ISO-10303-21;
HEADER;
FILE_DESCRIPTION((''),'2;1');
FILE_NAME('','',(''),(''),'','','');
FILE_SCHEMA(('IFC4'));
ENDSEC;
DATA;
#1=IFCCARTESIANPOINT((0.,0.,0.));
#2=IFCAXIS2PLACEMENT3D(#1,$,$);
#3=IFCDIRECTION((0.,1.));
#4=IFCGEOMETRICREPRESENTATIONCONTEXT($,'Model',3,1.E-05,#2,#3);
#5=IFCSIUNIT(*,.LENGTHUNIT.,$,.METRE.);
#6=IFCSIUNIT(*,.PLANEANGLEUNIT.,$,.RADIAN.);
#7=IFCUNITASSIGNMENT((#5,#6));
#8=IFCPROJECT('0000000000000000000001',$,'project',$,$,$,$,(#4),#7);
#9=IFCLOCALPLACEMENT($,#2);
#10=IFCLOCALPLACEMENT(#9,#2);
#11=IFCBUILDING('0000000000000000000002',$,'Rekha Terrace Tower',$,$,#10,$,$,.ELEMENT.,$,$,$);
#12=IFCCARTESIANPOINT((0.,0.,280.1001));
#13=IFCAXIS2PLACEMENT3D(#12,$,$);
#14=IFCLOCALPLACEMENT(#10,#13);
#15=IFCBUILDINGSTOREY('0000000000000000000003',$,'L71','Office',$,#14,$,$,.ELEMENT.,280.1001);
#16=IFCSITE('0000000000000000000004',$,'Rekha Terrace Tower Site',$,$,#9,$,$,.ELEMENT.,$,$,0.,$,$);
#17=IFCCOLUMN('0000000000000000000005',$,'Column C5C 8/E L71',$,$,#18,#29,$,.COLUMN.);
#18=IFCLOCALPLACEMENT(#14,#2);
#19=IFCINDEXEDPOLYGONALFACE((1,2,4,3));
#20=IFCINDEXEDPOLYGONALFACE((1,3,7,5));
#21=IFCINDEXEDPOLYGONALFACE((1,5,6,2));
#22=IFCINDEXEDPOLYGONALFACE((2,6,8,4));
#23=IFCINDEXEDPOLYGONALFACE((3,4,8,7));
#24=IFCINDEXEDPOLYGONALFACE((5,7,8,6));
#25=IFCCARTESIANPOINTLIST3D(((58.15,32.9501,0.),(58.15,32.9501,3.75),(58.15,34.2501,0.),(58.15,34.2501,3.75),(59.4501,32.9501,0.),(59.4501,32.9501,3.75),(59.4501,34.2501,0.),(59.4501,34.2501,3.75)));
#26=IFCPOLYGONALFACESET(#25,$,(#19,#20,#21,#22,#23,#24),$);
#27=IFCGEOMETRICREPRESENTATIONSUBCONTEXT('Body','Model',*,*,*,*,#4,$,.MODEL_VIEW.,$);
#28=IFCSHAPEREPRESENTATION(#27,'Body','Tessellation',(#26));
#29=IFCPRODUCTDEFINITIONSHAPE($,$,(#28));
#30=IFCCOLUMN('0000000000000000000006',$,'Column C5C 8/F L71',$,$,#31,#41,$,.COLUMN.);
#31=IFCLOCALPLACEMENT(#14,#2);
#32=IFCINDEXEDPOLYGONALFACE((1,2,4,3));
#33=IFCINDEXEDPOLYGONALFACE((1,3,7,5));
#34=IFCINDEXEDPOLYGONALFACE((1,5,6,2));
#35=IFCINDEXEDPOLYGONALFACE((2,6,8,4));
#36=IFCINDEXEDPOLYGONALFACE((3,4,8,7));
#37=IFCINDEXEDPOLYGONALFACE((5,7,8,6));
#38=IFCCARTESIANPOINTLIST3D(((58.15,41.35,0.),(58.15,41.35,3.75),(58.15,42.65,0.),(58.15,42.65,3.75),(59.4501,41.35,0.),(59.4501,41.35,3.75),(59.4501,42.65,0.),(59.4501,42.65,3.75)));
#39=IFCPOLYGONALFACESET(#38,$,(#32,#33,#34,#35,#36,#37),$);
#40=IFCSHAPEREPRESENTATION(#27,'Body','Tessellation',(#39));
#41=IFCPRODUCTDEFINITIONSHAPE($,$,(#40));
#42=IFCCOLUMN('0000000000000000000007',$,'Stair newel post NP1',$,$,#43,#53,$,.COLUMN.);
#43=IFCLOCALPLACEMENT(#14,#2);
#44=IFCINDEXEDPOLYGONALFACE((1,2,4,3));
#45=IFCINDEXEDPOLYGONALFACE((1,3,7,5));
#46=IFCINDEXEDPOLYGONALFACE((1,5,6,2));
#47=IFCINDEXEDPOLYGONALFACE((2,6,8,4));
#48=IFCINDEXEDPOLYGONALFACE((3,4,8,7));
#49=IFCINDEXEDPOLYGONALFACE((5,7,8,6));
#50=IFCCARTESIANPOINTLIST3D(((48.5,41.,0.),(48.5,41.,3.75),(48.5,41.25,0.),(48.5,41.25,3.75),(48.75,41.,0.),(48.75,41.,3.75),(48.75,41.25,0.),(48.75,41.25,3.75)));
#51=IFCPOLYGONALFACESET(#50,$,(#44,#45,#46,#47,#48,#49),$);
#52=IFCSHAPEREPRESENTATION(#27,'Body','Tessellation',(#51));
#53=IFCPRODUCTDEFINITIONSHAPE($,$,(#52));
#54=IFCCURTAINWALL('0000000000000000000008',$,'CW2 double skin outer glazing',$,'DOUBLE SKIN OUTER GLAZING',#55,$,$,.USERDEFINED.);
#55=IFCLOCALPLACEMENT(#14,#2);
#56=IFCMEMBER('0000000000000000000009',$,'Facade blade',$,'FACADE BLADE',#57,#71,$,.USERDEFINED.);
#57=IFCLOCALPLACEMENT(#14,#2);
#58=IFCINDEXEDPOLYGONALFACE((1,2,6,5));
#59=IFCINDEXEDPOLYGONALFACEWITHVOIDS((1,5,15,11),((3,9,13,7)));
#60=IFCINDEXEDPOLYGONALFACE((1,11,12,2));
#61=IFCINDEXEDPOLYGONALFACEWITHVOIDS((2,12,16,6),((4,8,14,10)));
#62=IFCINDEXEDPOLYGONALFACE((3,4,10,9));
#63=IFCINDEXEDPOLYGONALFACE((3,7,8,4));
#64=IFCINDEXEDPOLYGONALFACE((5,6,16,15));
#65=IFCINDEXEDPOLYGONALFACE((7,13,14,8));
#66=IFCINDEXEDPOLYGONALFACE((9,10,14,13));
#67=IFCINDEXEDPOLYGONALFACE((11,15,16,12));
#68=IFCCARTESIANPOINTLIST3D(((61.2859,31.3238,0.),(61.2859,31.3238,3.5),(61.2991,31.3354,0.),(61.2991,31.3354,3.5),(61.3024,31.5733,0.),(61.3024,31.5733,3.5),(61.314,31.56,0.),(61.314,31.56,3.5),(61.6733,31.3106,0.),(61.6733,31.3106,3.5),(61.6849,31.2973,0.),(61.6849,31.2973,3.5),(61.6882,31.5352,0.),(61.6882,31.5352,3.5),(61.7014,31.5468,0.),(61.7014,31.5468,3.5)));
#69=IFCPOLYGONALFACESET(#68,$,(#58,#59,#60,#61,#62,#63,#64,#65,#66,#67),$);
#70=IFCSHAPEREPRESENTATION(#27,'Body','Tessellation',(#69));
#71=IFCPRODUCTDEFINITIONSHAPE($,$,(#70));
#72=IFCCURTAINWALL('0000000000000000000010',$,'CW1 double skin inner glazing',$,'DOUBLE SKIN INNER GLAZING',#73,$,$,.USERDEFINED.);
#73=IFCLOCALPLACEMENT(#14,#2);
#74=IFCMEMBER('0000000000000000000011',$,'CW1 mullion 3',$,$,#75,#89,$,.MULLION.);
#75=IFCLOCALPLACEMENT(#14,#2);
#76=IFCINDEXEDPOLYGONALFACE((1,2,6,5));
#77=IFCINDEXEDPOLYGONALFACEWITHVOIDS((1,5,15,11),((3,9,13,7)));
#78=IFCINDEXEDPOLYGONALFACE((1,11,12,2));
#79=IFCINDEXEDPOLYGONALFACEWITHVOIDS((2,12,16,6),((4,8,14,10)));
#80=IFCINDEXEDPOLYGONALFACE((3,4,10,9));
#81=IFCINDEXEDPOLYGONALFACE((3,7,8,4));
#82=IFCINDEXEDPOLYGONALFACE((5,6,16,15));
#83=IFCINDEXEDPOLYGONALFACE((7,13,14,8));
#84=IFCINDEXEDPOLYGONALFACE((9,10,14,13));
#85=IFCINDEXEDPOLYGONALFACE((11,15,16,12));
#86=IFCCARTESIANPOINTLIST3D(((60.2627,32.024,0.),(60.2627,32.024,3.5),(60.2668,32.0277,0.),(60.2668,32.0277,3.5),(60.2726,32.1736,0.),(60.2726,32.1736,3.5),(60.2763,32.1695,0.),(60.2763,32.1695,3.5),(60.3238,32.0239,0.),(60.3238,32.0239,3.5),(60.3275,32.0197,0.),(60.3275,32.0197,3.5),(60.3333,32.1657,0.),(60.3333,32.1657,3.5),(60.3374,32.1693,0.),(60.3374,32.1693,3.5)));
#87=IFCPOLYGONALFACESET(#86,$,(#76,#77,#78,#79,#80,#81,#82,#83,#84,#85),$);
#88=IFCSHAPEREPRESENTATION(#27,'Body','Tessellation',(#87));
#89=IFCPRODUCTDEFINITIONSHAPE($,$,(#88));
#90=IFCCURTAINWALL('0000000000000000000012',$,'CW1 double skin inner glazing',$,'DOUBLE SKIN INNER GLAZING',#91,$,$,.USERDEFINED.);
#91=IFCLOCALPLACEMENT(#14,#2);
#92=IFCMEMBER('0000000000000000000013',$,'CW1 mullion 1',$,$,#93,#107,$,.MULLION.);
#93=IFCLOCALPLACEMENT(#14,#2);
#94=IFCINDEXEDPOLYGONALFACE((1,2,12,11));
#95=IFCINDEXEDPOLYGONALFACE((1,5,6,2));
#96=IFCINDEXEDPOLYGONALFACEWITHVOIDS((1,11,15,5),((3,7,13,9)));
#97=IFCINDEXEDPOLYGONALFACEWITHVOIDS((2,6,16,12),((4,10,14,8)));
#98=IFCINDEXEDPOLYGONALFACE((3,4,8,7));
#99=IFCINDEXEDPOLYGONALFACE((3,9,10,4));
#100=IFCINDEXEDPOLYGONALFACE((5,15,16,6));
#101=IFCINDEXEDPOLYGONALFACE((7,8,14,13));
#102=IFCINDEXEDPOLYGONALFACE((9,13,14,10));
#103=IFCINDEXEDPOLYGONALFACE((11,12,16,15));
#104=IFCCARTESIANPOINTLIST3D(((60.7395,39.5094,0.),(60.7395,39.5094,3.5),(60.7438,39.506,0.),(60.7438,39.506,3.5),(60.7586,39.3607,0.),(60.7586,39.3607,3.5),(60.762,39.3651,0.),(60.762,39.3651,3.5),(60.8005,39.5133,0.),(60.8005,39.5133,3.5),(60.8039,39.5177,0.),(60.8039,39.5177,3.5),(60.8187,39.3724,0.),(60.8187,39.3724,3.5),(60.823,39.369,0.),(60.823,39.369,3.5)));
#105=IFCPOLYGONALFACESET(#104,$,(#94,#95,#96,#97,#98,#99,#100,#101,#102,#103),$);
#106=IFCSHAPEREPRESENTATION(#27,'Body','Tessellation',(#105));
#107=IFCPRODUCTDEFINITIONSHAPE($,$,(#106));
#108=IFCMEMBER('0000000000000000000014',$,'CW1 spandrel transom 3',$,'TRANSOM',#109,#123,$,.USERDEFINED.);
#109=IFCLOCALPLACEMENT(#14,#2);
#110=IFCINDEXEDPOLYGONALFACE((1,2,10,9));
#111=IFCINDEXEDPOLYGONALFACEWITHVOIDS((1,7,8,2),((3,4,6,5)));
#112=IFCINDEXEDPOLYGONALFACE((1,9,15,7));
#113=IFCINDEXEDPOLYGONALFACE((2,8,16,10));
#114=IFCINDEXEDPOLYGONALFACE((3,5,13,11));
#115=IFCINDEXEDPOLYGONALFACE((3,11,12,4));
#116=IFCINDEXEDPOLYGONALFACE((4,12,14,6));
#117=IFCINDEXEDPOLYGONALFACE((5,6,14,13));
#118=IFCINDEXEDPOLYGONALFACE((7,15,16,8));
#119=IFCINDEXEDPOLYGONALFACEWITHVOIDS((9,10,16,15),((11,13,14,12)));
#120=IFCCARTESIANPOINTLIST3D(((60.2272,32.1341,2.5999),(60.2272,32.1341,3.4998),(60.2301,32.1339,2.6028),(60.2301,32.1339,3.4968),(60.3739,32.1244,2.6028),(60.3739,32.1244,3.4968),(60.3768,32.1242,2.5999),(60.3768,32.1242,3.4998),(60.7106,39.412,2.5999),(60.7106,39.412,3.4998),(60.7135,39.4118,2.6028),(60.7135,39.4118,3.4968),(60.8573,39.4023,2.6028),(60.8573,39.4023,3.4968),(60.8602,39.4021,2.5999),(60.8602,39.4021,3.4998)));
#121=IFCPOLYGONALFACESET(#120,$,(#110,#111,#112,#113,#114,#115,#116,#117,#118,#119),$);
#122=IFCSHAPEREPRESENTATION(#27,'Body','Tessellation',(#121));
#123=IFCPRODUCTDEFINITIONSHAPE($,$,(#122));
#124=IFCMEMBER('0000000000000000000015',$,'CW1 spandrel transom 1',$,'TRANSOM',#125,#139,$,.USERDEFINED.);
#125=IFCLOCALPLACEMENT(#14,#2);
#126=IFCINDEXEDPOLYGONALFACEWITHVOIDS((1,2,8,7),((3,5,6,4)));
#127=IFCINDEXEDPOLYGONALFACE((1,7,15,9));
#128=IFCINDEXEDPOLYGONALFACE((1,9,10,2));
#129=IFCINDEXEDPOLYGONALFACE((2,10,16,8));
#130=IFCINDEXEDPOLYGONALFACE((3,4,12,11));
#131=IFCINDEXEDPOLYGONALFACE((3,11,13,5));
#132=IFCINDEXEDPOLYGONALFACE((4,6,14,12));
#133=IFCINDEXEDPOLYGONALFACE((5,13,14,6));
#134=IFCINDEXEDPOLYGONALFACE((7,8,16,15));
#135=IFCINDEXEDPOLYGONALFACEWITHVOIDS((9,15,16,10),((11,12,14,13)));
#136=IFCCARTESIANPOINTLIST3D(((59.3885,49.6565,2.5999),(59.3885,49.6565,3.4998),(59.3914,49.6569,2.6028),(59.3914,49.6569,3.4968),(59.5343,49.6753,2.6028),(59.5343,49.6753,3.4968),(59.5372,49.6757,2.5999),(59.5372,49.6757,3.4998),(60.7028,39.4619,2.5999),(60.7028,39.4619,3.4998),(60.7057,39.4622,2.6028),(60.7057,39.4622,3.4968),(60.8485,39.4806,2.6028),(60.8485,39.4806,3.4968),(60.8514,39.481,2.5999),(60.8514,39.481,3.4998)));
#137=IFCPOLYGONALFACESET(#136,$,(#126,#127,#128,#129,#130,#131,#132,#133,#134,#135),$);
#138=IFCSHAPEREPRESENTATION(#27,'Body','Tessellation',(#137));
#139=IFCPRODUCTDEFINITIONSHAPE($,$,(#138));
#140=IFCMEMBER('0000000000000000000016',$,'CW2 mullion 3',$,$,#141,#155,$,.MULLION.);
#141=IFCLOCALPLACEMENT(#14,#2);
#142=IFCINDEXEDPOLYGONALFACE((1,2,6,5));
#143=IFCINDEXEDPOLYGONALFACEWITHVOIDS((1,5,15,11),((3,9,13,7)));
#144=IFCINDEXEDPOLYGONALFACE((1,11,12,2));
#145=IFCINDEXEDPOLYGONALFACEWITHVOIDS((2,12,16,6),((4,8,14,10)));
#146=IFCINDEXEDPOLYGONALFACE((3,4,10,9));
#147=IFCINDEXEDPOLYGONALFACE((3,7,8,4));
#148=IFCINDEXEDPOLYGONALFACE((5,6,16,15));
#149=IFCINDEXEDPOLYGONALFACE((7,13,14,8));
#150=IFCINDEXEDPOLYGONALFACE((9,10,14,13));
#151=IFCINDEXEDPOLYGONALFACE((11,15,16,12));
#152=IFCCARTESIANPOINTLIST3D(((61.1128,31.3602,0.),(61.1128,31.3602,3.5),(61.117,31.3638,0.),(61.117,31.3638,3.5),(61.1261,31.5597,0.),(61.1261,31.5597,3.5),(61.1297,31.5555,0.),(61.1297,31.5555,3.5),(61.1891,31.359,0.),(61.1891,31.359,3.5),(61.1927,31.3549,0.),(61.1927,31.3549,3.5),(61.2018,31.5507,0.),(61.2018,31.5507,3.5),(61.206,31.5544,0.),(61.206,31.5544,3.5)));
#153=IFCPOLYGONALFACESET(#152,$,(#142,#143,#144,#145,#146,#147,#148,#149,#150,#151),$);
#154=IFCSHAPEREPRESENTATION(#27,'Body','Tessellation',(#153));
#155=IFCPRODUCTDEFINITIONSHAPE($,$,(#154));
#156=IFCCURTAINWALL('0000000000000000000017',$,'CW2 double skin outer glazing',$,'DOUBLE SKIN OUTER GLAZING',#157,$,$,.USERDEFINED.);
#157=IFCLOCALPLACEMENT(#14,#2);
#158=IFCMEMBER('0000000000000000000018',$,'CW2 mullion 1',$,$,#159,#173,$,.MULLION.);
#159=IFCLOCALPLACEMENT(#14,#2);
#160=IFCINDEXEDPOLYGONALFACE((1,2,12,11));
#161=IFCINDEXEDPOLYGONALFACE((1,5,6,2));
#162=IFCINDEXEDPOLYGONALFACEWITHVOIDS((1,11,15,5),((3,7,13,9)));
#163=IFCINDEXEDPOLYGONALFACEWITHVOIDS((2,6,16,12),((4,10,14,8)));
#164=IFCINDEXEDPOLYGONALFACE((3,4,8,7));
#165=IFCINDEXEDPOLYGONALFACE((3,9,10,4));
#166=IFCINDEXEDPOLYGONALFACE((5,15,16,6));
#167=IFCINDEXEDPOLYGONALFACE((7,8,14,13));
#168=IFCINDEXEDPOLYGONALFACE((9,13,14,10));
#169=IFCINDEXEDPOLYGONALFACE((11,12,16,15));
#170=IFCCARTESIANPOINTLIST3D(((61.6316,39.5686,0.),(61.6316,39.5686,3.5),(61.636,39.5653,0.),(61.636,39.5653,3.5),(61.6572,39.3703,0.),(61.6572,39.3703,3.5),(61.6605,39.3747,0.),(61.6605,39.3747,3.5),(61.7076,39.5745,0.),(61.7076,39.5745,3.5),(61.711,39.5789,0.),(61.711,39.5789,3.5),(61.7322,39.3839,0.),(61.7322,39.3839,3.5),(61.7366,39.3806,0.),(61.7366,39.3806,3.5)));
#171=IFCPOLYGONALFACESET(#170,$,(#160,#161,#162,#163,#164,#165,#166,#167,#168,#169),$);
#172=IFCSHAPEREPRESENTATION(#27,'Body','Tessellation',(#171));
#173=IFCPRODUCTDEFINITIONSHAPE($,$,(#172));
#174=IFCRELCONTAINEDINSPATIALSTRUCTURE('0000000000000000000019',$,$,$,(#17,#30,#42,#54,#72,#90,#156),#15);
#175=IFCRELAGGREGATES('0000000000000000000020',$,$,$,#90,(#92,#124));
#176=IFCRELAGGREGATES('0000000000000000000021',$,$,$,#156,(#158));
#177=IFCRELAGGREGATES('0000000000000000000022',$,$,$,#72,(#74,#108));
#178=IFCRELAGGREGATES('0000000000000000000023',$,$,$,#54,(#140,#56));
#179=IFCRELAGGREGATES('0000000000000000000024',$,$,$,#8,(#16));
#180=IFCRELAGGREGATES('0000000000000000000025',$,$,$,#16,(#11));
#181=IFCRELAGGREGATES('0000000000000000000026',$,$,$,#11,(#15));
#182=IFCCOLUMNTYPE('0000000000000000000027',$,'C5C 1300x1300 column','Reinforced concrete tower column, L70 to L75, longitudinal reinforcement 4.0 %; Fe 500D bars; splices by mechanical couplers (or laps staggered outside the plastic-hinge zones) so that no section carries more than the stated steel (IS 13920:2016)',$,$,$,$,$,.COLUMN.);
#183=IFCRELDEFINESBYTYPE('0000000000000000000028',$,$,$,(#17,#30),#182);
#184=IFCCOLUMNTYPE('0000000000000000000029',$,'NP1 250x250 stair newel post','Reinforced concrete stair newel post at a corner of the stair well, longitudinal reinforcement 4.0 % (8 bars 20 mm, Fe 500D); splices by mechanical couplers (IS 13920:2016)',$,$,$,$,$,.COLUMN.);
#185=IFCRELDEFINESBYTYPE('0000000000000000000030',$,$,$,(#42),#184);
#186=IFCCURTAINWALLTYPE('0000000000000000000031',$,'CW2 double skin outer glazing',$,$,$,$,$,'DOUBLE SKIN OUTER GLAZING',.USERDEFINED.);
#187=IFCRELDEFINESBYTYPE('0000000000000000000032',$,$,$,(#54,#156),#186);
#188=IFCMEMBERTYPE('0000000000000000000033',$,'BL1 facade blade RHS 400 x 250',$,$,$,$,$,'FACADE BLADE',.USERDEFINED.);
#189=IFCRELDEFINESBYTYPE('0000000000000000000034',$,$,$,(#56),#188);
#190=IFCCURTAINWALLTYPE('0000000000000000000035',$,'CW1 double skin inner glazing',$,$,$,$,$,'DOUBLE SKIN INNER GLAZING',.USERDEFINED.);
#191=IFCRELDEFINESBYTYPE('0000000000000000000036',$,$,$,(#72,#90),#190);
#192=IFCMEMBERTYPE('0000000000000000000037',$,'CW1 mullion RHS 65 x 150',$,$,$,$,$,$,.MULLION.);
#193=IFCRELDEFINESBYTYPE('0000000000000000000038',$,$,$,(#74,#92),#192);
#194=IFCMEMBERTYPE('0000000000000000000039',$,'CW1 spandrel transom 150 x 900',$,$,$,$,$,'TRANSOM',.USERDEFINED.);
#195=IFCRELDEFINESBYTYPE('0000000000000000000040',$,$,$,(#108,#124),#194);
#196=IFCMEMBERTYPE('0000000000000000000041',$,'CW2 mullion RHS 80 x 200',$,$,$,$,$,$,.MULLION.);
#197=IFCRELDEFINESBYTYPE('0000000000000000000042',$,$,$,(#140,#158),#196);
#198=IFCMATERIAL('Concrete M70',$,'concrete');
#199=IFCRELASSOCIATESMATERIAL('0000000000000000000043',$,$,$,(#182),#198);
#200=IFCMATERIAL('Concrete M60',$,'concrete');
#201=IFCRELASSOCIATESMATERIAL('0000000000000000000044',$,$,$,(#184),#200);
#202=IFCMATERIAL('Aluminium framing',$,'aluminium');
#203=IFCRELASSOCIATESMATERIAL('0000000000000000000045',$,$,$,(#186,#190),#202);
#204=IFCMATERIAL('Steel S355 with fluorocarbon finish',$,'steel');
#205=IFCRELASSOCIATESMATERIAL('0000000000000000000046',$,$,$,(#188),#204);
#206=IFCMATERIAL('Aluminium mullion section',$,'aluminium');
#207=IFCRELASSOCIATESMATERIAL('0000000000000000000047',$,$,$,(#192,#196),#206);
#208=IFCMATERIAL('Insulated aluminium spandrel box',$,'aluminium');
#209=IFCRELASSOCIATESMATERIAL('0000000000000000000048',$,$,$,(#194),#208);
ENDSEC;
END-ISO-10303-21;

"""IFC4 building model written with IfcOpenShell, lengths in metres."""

from ifc_helpers import new_model, si_unit, direction, frame, origin, origin_2d, place, context, subcontext, project, spatial, rectangle, hollow_rectangle, extrude, material, material_profile, profile_set, type_object, element, aggregate, save


model = new_model("IFC4")

# Units and contexts
model_context = context("Model", 3, precision=1e-05, world=origin(), true_north=direction((0.0, 1.0)))
body_context = subcontext(model_context, "Body", "Model", "MODEL_VIEW")
ifc_project = project(units=[si_unit("LENGTHUNIT", "METRE"), si_unit("PLANEANGLEUNIT", "RADIAN")], contexts=[model_context])

# Site, building, storey
site_placement = place(None, origin())
site = spatial("IfcSite", under=ifc_project, at=site_placement, Name="Rekha Terrace Tower Site", CompositionType="ELEMENT", RefElevation=0.0)
building_placement = place(site_placement, origin())
building = spatial("IfcBuilding", under=site, at=building_placement, Name="Rekha Terrace Tower", CompositionType="ELEMENT")
storey_placement = place(building_placement, frame((0.0, 0.0, 280.1001)))
storey = spatial("IfcBuildingStorey", under=building, at=storey_placement, Name="L71", Description="Office", CompositionType="ELEMENT", Elevation=280.1001)

# Columns
ifc_material_1 = material(Name="Concrete M70", Category="concrete")
ifc_material_profile_1 = material_profile(ifc_material_1, rectangle(XDim=1.3, YDim=1.3, at=origin_2d()), Name="RC 1300x1300")
ifc_profile_set_1 = profile_set([ifc_material_profile_1], Name="Concrete M70")
column_type_1 = type_object("IfcColumnType", Name="C5C 1300x1300 column", Description="Reinforced concrete tower column, L70 to L75, longitudinal reinforcement 4.0 %; Fe 500D bars; splices by mechanical couplers (or laps staggered outside the plastic-hinge zones) so that no section carries more than the stated steel (IS 13920:2016)", PredefinedType="COLUMN", material=ifc_profile_set_1)
for number, where, z_axis, x_axis, name in (
    (1, (58.8, 33.6001, 0.0), (0.0, 0.0, 1.0), (1.0, 0.0, 0.0), "Column C5C 8/E L71"),
    (2, (58.8, 42.0, 0.0), (0.0, 0.0, 1.0), (1.0, 0.0, 0.0), "Column C5C 8/F L71"),
):
    element("IfcColumn", number, at=place(storey_placement, frame(where, z_axis=z_axis, x_axis=x_axis)), inside=storey, type_object=column_type_1, Name=name, PredefinedType="COLUMN", context=body_context, shape_type="SweptSolid", body=[
        extrude(rectangle(XDim=1.3, YDim=1.3, at=origin_2d()), origin(), (0.0, 0.0, 1.0), 3.75),
    ])
ifc_material_2 = material(Name="Concrete M60", Category="concrete")
ifc_material_profile_2 = material_profile(ifc_material_2, rectangle(XDim=0.25, YDim=0.25, at=origin_2d()), Name="RC 250x250")
ifc_profile_set_2 = profile_set([ifc_material_profile_2], Name="Concrete M60")
column_type_2 = type_object("IfcColumnType", Name="NP1 250x250 stair newel post", Description="Reinforced concrete stair newel post at a corner of the stair well, longitudinal reinforcement 4.0 % (8 bars 20 mm, Fe 500D); splices by mechanical couplers (IS 13920:2016)", PredefinedType="COLUMN", material=ifc_profile_set_2)
column_placement = place(storey_placement, frame((48.625, 41.125, 0.0), z_axis=(0.0, 0.0, 1.0), x_axis=(1.0, 0.0, 0.0)))
element("IfcColumn", 3, at=column_placement, inside=storey, type_object=column_type_2, Name="Stair newel post NP1", PredefinedType="COLUMN", context=body_context, shape_type="SweptSolid", body=[
    extrude(rectangle(XDim=0.25, YDim=0.25, at=origin_2d()), origin(), (0.0, 0.0, 1.0), 3.75),
])

# Curtain walls, members
ifc_material_3 = material(Name="Aluminium framing", Category="aluminium")
curtain_wall_type_1 = type_object("IfcCurtainWallType", Name="CW2 double skin outer glazing", ElementType="DOUBLE SKIN OUTER GLAZING", PredefinedType="USERDEFINED", material=ifc_material_3)
curtain_wall_1_placement = place(storey_placement, origin())
curtain_wall_1 = element("IfcCurtainWall", 4, at=curtain_wall_1_placement, inside=storey, type_object=curtain_wall_type_1, Name="CW2 double skin outer glazing", ObjectType="DOUBLE SKIN OUTER GLAZING", PredefinedType="USERDEFINED")
ifc_material_4 = material(Name="Steel S355 with fluorocarbon finish", Category="steel")
ifc_material_profile_3 = material_profile(ifc_material_4, hollow_rectangle(XDim=0.25, YDim=0.3999, WallThickness=0.0125, at=origin_2d()), Name="RHS400x250x12.5")
ifc_profile_set_3 = profile_set([ifc_material_profile_3], Name="Steel S355 with fluorocarbon finish")
member_type_1 = type_object("IfcMemberType", Name="BL1 facade blade RHS 400 x 250", ElementType="FACADE BLADE", PredefinedType="USERDEFINED", material=ifc_profile_set_3)
member_1_placement = place(storey_placement, frame((61.4937, 31.4353, 0.0), z_axis=(0.0, 0.0, 1.0), x_axis=(0.066272, 0.997802, 0.0)))
member_1 = element("IfcMember", 5, at=member_1_placement, type_object=member_type_1, Name="Facade blade", ObjectType="FACADE BLADE", PredefinedType="USERDEFINED", context=body_context, shape_type="SweptSolid", body=[
    extrude(hollow_rectangle(XDim=0.25, YDim=0.3999, WallThickness=0.0125, at=origin_2d()), origin(), (0.0, 0.0, 1.0), 3.5),
])
curtain_wall_type_2 = type_object("IfcCurtainWallType", Name="CW1 double skin inner glazing", ElementType="DOUBLE SKIN INNER GLAZING", PredefinedType="USERDEFINED", material=ifc_material_3)
curtain_wall_2_placement = place(storey_placement, origin())
curtain_wall_2 = element("IfcCurtainWall", 6, at=curtain_wall_2_placement, inside=storey, type_object=curtain_wall_type_2, Name="CW1 double skin inner glazing", ObjectType="DOUBLE SKIN INNER GLAZING", PredefinedType="USERDEFINED")
ifc_material_5 = material(Name="Aluminium mullion section", Category="aluminium")
ifc_material_profile_4 = material_profile(ifc_material_5, hollow_rectangle(XDim=0.0649, YDim=0.1499, WallThickness=0.0039, at=origin_2d()), Name="AL RHS 65x150")
ifc_profile_set_4 = profile_set([ifc_material_profile_4], Name="Aluminium mullion section")
member_type_2 = type_object("IfcMemberType", Name="CW1 mullion RHS 65 x 150", PredefinedType="MULLION", material=ifc_profile_set_4)
member_2_placement = place(storey_placement, frame((60.3, 32.0967, 0.0), z_axis=(0.0, 0.0, 1.0), x_axis=(-0.997802, 0.066272, 0.0)))
member_2 = element("IfcMember", 7, at=member_2_placement, type_object=member_type_2, Name="CW1 mullion 3", PredefinedType="MULLION", context=body_context, shape_type="SweptSolid", body=[
    extrude(hollow_rectangle(XDim=0.0649, YDim=0.1499, WallThickness=0.0039, at=origin_2d()), origin(), (0.0, 0.0, 1.0), 3.5),
])
curtain_wall_3_placement = place(storey_placement, origin())
curtain_wall_3 = element("IfcCurtainWall", 8, at=curtain_wall_3_placement, inside=storey, type_object=curtain_wall_type_2, Name="CW1 double skin inner glazing", ObjectType="DOUBLE SKIN INNER GLAZING", PredefinedType="USERDEFINED")
member_3_placement = place(storey_placement, frame((60.7812, 39.4392, 0.0), z_axis=(0.0, 0.0, 1.0), x_axis=(-0.991791, -0.12787, 0.0)))
member_3 = element("IfcMember", 9, at=member_3_placement, type_object=member_type_2, Name="CW1 mullion 1", PredefinedType="MULLION", context=body_context, shape_type="SweptSolid", body=[
    extrude(hollow_rectangle(XDim=0.0649, YDim=0.1499, WallThickness=0.0039, at=origin_2d()), origin(), (0.0, 0.0, 1.0), 3.5),
])

# Members
ifc_material_6 = material(Name="Insulated aluminium spandrel box", Category="aluminium")
ifc_material_profile_5 = material_profile(ifc_material_6, hollow_rectangle(XDim=0.1499, YDim=0.8999, WallThickness=0.0029, at=origin_2d()), Name="AL SPANDREL BOX 150x900")
ifc_profile_set_5 = profile_set([ifc_material_profile_5], Name="Insulated aluminium spandrel box")
member_type_3 = type_object("IfcMemberType", Name="CW1 spandrel transom 150 x 900", ElementType="TRANSOM", PredefinedType="USERDEFINED", material=ifc_profile_set_5)
member_4_placement = place(storey_placement, frame((60.302, 32.1292, 3.0498), z_axis=(0.066275, 0.997801, 0.0), x_axis=(-0.997801, 0.066275, 0.0)))
member_4 = element("IfcMember", 10, at=member_4_placement, type_object=member_type_3, Name="CW1 spandrel transom 3", ObjectType="TRANSOM", PredefinedType="USERDEFINED", context=body_context, shape_type="SweptSolid", body=[
    extrude(hollow_rectangle(XDim=0.1499, YDim=0.8999, WallThickness=0.0029, at=origin_2d()), origin(), (0.0, 0.0, 1.0), 7.2939),
])
member_5_placement = place(storey_placement, frame((60.7771, 39.4714, 3.0498), z_axis=(-0.127855, 0.991793, 0.0), x_axis=(-0.991793, -0.127855, 0.0)))
member_5 = element("IfcMember", 11, at=member_5_placement, type_object=member_type_3, Name="CW1 spandrel transom 1", ObjectType="TRANSOM", PredefinedType="USERDEFINED", context=body_context, shape_type="SweptSolid", body=[
    extrude(hollow_rectangle(XDim=0.1499, YDim=0.8999, WallThickness=0.0029, at=origin_2d()), origin(), (0.0, 0.0, 1.0), 10.2791),
])
aggregate(curtain_wall_3, [member_3, member_5])
ifc_material_profile_6 = material_profile(ifc_material_5, hollow_rectangle(XDim=0.0801, YDim=0.2, WallThickness=0.0039, at=origin_2d()), Name="AL RHS 80x200")
ifc_profile_set_6 = profile_set([ifc_material_profile_6], Name="Aluminium mullion section")
member_type_4 = type_object("IfcMemberType", Name="CW2 mullion RHS 80 x 200", PredefinedType="MULLION", material=ifc_profile_set_6)
member_6_placement = place(storey_placement, frame((61.1594, 31.4573, 0.0), z_axis=(0.0, 0.0, 1.0), x_axis=(-0.997802, 0.066272, 0.0)))
member_6 = element("IfcMember", 12, at=member_6_placement, type_object=member_type_4, Name="CW2 mullion 3", PredefinedType="MULLION", context=body_context, shape_type="SweptSolid", body=[
    extrude(hollow_rectangle(XDim=0.0801, YDim=0.2, WallThickness=0.0039, at=origin_2d()), origin(), (0.0, 0.0, 1.0), 3.5),
])

# Curtain wall, member
curtain_wall_4_placement = place(storey_placement, origin())
curtain_wall_4 = element("IfcCurtainWall", 13, at=curtain_wall_4_placement, inside=storey, type_object=curtain_wall_type_1, Name="CW2 double skin outer glazing", ObjectType="DOUBLE SKIN OUTER GLAZING", PredefinedType="USERDEFINED")
member_7_placement = place(storey_placement, frame((61.6841, 39.4746, 0.0), z_axis=(0.0, 0.0, 1.0), x_axis=(-0.991791, -0.12787, 0.0)))
member_7 = element("IfcMember", 14, at=member_7_placement, type_object=member_type_4, Name="CW2 mullion 1", PredefinedType="MULLION", context=body_context, shape_type="SweptSolid", body=[
    extrude(hollow_rectangle(XDim=0.0801, YDim=0.2, WallThickness=0.0039, at=origin_2d()), origin(), (0.0, 0.0, 1.0), 3.5),
])

aggregate(curtain_wall_4, [member_7])

aggregate(curtain_wall_2, [member_2, member_4])
aggregate(curtain_wall_1, [member_6, member_1])

save(model, "model.ifc")
